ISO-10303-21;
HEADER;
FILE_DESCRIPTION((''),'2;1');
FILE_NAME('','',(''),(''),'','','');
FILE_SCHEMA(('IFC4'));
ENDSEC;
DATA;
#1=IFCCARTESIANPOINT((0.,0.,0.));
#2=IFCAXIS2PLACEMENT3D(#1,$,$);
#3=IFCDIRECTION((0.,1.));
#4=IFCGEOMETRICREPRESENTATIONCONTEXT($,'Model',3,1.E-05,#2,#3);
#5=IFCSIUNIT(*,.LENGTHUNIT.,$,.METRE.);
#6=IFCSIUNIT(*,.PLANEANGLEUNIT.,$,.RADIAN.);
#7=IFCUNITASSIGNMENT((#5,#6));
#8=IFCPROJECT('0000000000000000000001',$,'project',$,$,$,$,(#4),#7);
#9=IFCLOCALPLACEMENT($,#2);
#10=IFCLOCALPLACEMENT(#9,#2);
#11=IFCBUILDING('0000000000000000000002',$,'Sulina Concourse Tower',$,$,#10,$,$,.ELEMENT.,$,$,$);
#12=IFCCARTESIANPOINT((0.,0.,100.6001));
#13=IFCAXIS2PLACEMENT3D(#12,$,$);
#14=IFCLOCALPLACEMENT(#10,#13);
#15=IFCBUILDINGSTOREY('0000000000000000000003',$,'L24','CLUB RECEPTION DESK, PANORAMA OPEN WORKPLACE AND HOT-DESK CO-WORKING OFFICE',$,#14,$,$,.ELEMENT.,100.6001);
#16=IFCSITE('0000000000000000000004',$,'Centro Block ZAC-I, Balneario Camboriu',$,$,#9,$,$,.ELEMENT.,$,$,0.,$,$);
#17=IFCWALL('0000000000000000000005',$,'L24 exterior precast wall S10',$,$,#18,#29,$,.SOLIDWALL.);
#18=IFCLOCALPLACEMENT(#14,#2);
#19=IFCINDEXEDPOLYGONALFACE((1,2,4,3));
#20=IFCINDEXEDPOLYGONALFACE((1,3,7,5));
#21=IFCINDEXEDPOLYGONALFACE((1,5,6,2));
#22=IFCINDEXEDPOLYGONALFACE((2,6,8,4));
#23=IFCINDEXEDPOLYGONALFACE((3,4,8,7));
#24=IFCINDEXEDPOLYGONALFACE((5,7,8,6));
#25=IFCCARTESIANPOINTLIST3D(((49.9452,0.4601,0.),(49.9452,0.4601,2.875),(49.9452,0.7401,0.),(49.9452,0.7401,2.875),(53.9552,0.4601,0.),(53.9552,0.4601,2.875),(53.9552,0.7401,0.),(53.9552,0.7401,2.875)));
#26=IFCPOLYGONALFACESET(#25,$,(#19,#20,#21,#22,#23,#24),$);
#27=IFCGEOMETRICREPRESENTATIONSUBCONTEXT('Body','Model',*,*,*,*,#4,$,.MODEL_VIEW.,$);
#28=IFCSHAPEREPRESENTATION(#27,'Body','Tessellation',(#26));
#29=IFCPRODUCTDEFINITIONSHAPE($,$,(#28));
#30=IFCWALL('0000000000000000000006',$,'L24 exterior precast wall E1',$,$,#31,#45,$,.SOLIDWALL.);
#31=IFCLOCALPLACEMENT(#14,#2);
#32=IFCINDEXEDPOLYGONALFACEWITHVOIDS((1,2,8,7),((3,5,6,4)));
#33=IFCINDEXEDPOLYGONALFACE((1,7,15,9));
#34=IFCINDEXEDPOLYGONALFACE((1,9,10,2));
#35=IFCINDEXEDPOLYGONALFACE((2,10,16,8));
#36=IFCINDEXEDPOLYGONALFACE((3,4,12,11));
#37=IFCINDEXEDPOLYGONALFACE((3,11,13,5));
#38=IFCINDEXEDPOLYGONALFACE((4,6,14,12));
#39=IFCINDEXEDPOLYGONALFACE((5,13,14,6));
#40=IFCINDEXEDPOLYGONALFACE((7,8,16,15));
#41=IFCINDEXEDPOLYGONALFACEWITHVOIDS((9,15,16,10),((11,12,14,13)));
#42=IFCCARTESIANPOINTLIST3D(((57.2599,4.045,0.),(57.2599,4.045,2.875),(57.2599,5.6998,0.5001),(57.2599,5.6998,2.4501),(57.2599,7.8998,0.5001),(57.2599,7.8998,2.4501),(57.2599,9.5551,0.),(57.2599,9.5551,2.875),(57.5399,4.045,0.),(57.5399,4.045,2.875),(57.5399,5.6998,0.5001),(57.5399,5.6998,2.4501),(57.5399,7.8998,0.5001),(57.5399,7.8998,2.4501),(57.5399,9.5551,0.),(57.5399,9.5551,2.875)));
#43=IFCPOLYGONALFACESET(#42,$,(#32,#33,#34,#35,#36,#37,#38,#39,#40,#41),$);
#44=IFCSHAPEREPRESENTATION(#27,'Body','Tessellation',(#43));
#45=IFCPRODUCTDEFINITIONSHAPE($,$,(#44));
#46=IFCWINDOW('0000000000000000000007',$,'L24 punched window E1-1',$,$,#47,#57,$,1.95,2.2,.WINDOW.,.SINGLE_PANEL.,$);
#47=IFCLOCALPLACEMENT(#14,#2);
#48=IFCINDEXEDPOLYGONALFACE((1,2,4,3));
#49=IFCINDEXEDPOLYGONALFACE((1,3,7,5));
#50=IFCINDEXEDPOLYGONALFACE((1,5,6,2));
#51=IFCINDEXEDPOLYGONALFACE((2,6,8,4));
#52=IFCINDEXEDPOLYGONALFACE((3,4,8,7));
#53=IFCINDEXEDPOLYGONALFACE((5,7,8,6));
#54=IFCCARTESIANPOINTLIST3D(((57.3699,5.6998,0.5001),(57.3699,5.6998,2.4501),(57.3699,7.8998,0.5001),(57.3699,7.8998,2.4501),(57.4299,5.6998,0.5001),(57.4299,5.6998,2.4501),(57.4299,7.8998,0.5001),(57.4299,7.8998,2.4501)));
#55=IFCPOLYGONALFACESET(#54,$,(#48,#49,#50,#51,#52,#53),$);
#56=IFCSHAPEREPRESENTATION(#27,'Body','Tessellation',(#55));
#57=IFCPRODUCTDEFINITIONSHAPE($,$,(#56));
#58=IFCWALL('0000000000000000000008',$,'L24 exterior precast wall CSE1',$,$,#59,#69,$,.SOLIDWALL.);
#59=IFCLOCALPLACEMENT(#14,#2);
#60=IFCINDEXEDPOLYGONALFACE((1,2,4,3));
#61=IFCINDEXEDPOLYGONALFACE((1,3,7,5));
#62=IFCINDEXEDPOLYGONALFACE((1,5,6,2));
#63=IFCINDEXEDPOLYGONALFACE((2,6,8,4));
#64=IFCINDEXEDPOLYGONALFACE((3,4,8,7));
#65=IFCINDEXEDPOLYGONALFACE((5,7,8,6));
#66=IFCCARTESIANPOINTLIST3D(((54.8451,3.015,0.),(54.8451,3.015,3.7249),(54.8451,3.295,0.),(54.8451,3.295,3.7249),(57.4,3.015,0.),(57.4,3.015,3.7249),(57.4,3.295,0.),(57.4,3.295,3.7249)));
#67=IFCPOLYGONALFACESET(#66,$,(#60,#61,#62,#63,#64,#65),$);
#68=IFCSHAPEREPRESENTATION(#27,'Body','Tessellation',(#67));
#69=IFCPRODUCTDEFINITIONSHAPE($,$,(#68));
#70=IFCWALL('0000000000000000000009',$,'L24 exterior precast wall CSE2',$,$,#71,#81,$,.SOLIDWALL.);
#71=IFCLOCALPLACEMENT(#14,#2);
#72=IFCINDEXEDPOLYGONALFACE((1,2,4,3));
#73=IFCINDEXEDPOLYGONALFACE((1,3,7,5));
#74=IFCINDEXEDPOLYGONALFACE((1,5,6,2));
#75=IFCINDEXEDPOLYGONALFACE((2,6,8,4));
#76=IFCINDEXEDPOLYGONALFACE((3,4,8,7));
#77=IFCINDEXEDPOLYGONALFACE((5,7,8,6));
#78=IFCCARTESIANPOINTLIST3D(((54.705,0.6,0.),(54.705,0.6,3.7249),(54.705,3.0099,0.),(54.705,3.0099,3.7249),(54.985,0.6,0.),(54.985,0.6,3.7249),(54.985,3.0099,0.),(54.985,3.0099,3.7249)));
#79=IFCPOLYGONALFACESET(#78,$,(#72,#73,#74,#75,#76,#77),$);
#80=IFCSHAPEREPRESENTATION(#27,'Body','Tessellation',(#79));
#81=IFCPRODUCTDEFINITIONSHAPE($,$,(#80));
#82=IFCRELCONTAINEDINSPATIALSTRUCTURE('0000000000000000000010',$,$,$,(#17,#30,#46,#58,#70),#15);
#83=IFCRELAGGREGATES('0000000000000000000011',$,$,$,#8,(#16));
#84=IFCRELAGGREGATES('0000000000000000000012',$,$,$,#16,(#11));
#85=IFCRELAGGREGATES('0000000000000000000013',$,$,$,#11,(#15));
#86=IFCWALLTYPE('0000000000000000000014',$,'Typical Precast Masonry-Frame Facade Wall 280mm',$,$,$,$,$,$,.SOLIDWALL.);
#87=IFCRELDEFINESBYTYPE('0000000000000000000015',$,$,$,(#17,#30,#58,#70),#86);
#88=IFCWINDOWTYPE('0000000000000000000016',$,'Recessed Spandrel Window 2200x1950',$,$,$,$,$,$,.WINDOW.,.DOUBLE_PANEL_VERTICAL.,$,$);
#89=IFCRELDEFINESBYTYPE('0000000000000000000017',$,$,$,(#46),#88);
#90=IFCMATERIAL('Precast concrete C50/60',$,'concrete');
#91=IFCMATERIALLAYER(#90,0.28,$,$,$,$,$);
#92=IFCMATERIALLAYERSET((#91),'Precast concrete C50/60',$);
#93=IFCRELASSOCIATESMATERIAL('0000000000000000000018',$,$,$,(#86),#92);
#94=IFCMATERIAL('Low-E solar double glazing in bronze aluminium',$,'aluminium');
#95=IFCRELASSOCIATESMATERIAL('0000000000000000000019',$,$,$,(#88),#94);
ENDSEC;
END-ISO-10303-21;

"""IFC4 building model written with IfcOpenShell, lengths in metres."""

from ifc_helpers import new_model, si_unit, direction, frame, frame_2d, origin, place, context, subcontext, project, spatial, rectangle, extrude, material, layer, layer_set, type_object, element, fill, save


model = new_model("IFC4")

# Units and contexts
model_context = context("Model", 3, precision=1e-05, world=origin(), true_north=direction((0.0, 1.0)))
body_context = subcontext(model_context, "Body", "Model", "MODEL_VIEW")
ifc_project = project(units=[si_unit("LENGTHUNIT", "METRE"), si_unit("PLANEANGLEUNIT", "RADIAN")], contexts=[model_context])

# Site, building, storey
site_placement = place(None, origin())
site = spatial("IfcSite", under=ifc_project, at=site_placement, Name="Centro Block ZAC-I, Balneario Camboriu", CompositionType="ELEMENT", RefElevation=0.0)
building_placement = place(site_placement, origin())
building = spatial("IfcBuilding", under=site, at=building_placement, Name="Sulina Concourse Tower", CompositionType="ELEMENT")
storey_placement = place(building_placement, frame((0.0, 0.0, 100.6001)))
storey = spatial("IfcBuildingStorey", under=building, at=storey_placement, Name="L24", Description="CLUB RECEPTION DESK, PANORAMA OPEN WORKPLACE AND HOT-DESK CO-WORKING OFFICE", CompositionType="ELEMENT", Elevation=100.6001)

# Wall
ifc_material_1 = material(Name="Precast concrete C50/60", Category="concrete")
ifc_layer_1 = layer(ifc_material_1, 0.28)
ifc_layer_set_1 = layer_set([ifc_layer_1], Name="Precast concrete C50/60")
wall_type_1 = type_object("IfcWallType", Name="Typical Precast Masonry-Frame Facade Wall 280mm", PredefinedType="SOLIDWALL", material=ifc_layer_set_1)
wall_1_placement = place(storey_placement, frame((53.9551, 0.6001, 0.0), z_axis=(0.0, 0.0, 1.0), x_axis=(-1.0, 0.0, 0.0)))
element("IfcWall", 1, at=wall_1_placement, inside=storey, type_object=wall_type_1, Name="L24 exterior precast wall S10", PredefinedType="SOLIDWALL", context=body_context, shape_type="SweptSolid", body=[
    extrude(rectangle(XDim=4.01, YDim=0.28, at=frame_2d((2.0049, 0.0))), origin(), (0.0, 0.0, 1.0), 2.875),
])

# Wall, opening, window
wall_2_placement = place(storey_placement, frame((57.3999, 9.5549, 0.0), z_axis=(0.0, 0.0, 1.0), x_axis=(0.0, -1.0, 0.0)))
wall_2 = element("IfcWall", 2, at=wall_2_placement, inside=storey, type_object=wall_type_1, Name="L24 exterior precast wall E1", PredefinedType="SOLIDWALL", context=body_context, shape_type="SweptSolid", body=[
    extrude(rectangle(XDim=5.51, YDim=0.28, at=frame_2d((2.7549, 0.0))), origin(), (0.0, 0.0, 1.0), 2.875),
])
opening_placement = place(wall_2_placement, frame((1.655, 0.0, 0.5)))
opening = element("IfcOpeningElement", 3, at=opening_placement, cuts=wall_2, PredefinedType="OPENING", context=body_context, shape_type="SweptSolid", body=[
    extrude(rectangle(XDim=2.2, YDim=1.95, at=frame_2d((1.1001, 0.9751))), frame((0.0, 0.1499, 0.0), z_axis=(0.0, -1.0, 0.0), x_axis=(1.0, 0.0, 0.0)), (0.0, 0.0, 1.0), 0.3),
])
ifc_material_2 = material(Name="Low-E solar double glazing in bronze aluminium", Category="aluminium")
window_type = type_object("IfcWindowType", Name="Recessed Spandrel Window 2200x1950", PartitioningType="DOUBLE_PANEL_VERTICAL", PredefinedType="WINDOW", material=ifc_material_2)
window_placement = place(opening_placement, origin())
window = element("IfcWindow", 4, at=window_placement, inside=storey, type_object=window_type, Name="L24 punched window E1-1", OverallHeight=1.95, OverallWidth=2.2, PartitioningType="SINGLE_PANEL", PredefinedType="WINDOW", context=body_context, shape_type="SweptSolid", body=[
    extrude(rectangle(XDim=2.2, YDim=1.95, at=frame_2d((1.1001, 0.9751))), frame((0.0, 0.03, 0.0), z_axis=(0.0, -1.0, 0.0), x_axis=(1.0, 0.0, 0.0)), (0.0, 0.0, 1.0), 0.0601),
])
fill(opening, window)

# Walls
wall_3_placement = place(storey_placement, frame((57.3999, 3.155, 0.0), z_axis=(0.0, 0.0, 1.0), x_axis=(-1.0, 0.0, 0.0)))
element("IfcWall", 5, at=wall_3_placement, inside=storey, type_object=wall_type_1, Name="L24 exterior precast wall CSE1", PredefinedType="SOLIDWALL", context=body_context, shape_type="SweptSolid", body=[
    extrude(rectangle(XDim=2.5549, YDim=0.28, at=frame_2d((1.2773, 0.0))), origin(), (0.0, 0.0, 1.0), 3.7249),
])
wall_4_placement = place(storey_placement, frame((54.845, 3.01, 0.0), z_axis=(0.0, 0.0, 1.0), x_axis=(0.0, -1.0, 0.0)))
element("IfcWall", 6, at=wall_4_placement, inside=storey, type_object=wall_type_1, Name="L24 exterior precast wall CSE2", PredefinedType="SOLIDWALL", context=body_context, shape_type="SweptSolid", body=[
    extrude(rectangle(XDim=2.4099, YDim=0.28, at=frame_2d((1.2051, 0.0))), origin(), (0.0, 0.0, 1.0), 3.7249),
])

save(model, "model.ifc")
